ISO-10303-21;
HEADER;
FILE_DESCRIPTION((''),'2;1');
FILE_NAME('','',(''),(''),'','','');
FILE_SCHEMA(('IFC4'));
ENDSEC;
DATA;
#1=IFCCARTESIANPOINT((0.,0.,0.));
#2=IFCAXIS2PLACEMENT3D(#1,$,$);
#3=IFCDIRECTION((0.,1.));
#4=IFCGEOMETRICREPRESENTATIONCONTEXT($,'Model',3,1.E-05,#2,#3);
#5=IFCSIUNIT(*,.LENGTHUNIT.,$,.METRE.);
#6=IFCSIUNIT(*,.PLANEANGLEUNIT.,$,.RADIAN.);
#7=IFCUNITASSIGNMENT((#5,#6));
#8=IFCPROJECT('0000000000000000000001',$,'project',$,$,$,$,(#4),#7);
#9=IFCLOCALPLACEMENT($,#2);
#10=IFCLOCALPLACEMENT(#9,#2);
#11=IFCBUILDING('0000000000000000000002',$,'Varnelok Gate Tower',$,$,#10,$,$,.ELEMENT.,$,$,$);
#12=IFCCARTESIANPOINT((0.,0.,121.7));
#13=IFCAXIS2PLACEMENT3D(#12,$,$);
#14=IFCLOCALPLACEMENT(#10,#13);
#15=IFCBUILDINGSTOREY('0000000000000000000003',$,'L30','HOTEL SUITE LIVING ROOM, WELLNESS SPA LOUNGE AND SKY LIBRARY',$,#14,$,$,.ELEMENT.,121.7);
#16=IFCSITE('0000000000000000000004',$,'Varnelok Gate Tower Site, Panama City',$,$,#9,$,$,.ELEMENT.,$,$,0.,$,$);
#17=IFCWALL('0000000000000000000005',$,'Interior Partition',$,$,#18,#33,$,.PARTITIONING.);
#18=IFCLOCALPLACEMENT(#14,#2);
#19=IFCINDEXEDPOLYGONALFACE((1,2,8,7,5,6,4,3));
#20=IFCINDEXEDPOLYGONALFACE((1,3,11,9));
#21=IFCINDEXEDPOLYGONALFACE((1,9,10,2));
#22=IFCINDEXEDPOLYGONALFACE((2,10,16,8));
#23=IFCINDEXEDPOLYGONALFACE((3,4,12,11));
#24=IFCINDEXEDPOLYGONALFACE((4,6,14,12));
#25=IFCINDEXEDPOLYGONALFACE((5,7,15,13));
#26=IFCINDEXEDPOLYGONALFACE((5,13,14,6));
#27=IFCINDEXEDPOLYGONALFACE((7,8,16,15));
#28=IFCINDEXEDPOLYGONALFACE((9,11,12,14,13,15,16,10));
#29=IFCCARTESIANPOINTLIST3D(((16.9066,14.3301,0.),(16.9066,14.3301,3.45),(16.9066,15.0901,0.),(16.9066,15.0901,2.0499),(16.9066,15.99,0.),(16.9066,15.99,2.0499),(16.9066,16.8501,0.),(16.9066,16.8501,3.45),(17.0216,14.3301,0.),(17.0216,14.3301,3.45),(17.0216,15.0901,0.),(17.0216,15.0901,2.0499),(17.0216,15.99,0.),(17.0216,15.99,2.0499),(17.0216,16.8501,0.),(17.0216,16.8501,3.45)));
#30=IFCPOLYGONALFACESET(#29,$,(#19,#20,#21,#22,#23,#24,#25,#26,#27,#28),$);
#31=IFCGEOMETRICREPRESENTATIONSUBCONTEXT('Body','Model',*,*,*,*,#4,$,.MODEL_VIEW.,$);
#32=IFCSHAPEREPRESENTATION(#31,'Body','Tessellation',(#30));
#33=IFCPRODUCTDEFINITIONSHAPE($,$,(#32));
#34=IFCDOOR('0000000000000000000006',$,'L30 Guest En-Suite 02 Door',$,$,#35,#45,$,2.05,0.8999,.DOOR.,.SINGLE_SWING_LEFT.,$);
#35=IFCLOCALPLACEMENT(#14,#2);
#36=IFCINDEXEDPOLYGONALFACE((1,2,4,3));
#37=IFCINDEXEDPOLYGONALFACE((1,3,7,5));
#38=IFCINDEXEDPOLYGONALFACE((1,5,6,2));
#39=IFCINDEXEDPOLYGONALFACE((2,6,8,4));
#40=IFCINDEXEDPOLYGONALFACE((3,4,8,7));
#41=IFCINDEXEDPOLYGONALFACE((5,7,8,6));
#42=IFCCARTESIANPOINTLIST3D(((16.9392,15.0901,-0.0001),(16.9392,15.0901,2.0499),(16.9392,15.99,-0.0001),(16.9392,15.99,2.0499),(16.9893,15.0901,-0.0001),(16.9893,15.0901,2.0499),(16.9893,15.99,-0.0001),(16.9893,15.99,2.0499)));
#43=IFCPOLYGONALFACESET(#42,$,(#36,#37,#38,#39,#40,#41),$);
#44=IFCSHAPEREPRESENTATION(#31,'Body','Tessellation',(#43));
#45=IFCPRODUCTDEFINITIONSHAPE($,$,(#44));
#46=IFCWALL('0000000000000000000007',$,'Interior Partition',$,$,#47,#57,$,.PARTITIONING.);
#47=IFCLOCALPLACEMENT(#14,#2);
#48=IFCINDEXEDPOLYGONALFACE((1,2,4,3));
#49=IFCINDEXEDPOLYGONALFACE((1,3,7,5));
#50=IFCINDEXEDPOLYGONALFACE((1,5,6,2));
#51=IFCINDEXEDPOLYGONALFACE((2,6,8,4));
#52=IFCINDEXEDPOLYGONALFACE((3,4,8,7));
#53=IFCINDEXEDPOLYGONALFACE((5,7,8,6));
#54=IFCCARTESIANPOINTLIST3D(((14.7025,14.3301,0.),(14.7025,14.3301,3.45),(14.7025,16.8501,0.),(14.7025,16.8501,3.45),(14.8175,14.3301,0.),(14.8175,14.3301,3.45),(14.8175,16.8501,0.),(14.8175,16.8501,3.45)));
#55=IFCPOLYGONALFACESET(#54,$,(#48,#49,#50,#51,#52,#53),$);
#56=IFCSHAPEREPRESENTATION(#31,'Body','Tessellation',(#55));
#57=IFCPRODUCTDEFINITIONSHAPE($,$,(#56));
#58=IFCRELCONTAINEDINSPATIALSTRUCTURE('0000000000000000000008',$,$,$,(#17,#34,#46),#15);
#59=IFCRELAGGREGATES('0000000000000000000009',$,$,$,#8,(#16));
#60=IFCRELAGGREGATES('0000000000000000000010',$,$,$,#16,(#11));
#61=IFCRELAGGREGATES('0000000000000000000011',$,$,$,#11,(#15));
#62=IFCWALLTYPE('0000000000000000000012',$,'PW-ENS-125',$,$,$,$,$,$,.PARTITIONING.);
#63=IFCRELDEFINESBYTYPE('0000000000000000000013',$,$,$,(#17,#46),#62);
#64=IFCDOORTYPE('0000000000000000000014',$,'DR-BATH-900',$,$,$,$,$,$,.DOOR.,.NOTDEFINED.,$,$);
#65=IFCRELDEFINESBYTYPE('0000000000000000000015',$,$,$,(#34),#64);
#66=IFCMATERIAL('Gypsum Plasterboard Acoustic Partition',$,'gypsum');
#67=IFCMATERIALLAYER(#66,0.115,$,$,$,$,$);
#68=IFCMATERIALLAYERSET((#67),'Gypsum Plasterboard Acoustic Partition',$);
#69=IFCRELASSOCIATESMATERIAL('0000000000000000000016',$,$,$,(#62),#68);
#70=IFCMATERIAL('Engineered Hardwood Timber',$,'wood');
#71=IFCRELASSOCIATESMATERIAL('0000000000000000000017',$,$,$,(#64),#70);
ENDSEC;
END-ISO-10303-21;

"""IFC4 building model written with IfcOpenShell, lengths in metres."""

from ifc_helpers import new_model, si_unit, direction, frame, frame_2d, origin, place, context, subcontext, project, spatial, rectangle, extrude, material, layer, layer_set, type_object, element, fill, save


model = new_model("IFC4")

# Units and contexts
model_context = context("Model", 3, precision=1e-05, world=origin(), true_north=direction((0.0, 1.0)))
body_context = subcontext(model_context, "Body", "Model", "MODEL_VIEW")
ifc_project = project(units=[si_unit("LENGTHUNIT", "METRE"), si_unit("PLANEANGLEUNIT", "RADIAN")], contexts=[model_context])

# Site, building, storey
site_placement = place(None, origin())
site = spatial("IfcSite", under=ifc_project, at=site_placement, Name="Varnelok Gate Tower Site, Panama City", CompositionType="ELEMENT", RefElevation=0.0)
building_placement = place(site_placement, origin())
building = spatial("IfcBuilding", under=site, at=building_placement, Name="Varnelok Gate Tower", CompositionType="ELEMENT")
storey_placement = place(building_placement, frame((0.0, 0.0, 121.7)))
storey = spatial("IfcBuildingStorey", under=building, at=storey_placement, Name="L30", Description="HOTEL SUITE LIVING ROOM, WELLNESS SPA LOUNGE AND SKY LIBRARY", CompositionType="ELEMENT", Elevation=121.7)

# Shared definitions
ifc_material_1 = material(Name="Gypsum Plasterboard Acoustic Partition", Category="gypsum")
ifc_material_2 = material(Name="Engineered Hardwood Timber", Category="wood")

# Shared definitions
ifc_layer_1 = layer(ifc_material_1, 0.115)
ifc_layer_set_1 = layer_set([ifc_layer_1], Name="Gypsum Plasterboard Acoustic Partition")
wall_type_1 = type_object("IfcWallType", Name="PW-ENS-125", PredefinedType="PARTITIONING", material=ifc_layer_set_1)

# Wall, opening, door
wall_1_placement = place(storey_placement, frame((16.9641, 14.3301, 0.0), z_axis=(0.0, 0.0, 1.0), x_axis=(0.0, 1.0, 0.0)))
wall_1 = element("IfcWall", 1, at=wall_1_placement, inside=storey, type_object=wall_type_1, Name="Interior Partition", PredefinedType="PARTITIONING", context=body_context, shape_type="SweptSolid", body=[
    extrude(rectangle(XDim=2.52, YDim=0.115, at=frame_2d((1.26, 0.0))), origin(), (0.0, 0.0, 1.0), 3.45),
])
opening_1_placement = place(wall_1_placement, frame((0.76, 0.0, 0.0)))
opening_1 = element("IfcOpeningElement", 2, at=opening_1_placement, cuts=wall_1, PredefinedType="OPENING", context=body_context, shape_type="SweptSolid", body=[
    extrude(rectangle(XDim=0.8999, YDim=2.05, at=frame_2d((0.45, 1.0249))), frame((0.0, 0.0674, 0.0), z_axis=(0.0, -1.0, 0.0), x_axis=(1.0, 0.0, 0.0)), (0.0, 0.0, 1.0), 0.135),
])
door_type_1 = type_object("IfcDoorType", Name="DR-BATH-900", OperationType="NOTDEFINED", PredefinedType="DOOR", material=ifc_material_2)
door_1_placement = place(opening_1_placement, origin())
door_1 = element("IfcDoor", 3, at=door_1_placement, inside=storey, type_object=door_type_1, Name="L30 Guest En-Suite 02 Door", OperationType="SINGLE_SWING_LEFT", OverallHeight=2.05, OverallWidth=0.8999, PredefinedType="DOOR", context=body_context, shape_type="SweptSolid", body=[
    extrude(rectangle(XDim=0.8999, YDim=2.05, at=frame_2d((0.45, 1.0249))), frame((0.0, 0.0249, 0.0), z_axis=(0.0, -1.0, 0.0), x_axis=(1.0, 0.0, 0.0)), (0.0, 0.0, 1.0), 0.05),
])
fill(opening_1, door_1)

# Wall
wall_2_placement = place(storey_placement, frame((14.76, 14.3301, 0.0), z_axis=(0.0, 0.0, 1.0), x_axis=(0.0, 1.0, 0.0)))
element("IfcWall", 4, at=wall_2_placement, inside=storey, type_object=wall_type_1, Name="Interior Partition", PredefinedType="PARTITIONING", context=body_context, shape_type="SweptSolid", body=[
    extrude(rectangle(XDim=2.52, YDim=0.115, at=frame_2d((1.26, 0.0))), origin(), (0.0, 0.0, 1.0), 3.45),
])

save(model, "model.ifc")
